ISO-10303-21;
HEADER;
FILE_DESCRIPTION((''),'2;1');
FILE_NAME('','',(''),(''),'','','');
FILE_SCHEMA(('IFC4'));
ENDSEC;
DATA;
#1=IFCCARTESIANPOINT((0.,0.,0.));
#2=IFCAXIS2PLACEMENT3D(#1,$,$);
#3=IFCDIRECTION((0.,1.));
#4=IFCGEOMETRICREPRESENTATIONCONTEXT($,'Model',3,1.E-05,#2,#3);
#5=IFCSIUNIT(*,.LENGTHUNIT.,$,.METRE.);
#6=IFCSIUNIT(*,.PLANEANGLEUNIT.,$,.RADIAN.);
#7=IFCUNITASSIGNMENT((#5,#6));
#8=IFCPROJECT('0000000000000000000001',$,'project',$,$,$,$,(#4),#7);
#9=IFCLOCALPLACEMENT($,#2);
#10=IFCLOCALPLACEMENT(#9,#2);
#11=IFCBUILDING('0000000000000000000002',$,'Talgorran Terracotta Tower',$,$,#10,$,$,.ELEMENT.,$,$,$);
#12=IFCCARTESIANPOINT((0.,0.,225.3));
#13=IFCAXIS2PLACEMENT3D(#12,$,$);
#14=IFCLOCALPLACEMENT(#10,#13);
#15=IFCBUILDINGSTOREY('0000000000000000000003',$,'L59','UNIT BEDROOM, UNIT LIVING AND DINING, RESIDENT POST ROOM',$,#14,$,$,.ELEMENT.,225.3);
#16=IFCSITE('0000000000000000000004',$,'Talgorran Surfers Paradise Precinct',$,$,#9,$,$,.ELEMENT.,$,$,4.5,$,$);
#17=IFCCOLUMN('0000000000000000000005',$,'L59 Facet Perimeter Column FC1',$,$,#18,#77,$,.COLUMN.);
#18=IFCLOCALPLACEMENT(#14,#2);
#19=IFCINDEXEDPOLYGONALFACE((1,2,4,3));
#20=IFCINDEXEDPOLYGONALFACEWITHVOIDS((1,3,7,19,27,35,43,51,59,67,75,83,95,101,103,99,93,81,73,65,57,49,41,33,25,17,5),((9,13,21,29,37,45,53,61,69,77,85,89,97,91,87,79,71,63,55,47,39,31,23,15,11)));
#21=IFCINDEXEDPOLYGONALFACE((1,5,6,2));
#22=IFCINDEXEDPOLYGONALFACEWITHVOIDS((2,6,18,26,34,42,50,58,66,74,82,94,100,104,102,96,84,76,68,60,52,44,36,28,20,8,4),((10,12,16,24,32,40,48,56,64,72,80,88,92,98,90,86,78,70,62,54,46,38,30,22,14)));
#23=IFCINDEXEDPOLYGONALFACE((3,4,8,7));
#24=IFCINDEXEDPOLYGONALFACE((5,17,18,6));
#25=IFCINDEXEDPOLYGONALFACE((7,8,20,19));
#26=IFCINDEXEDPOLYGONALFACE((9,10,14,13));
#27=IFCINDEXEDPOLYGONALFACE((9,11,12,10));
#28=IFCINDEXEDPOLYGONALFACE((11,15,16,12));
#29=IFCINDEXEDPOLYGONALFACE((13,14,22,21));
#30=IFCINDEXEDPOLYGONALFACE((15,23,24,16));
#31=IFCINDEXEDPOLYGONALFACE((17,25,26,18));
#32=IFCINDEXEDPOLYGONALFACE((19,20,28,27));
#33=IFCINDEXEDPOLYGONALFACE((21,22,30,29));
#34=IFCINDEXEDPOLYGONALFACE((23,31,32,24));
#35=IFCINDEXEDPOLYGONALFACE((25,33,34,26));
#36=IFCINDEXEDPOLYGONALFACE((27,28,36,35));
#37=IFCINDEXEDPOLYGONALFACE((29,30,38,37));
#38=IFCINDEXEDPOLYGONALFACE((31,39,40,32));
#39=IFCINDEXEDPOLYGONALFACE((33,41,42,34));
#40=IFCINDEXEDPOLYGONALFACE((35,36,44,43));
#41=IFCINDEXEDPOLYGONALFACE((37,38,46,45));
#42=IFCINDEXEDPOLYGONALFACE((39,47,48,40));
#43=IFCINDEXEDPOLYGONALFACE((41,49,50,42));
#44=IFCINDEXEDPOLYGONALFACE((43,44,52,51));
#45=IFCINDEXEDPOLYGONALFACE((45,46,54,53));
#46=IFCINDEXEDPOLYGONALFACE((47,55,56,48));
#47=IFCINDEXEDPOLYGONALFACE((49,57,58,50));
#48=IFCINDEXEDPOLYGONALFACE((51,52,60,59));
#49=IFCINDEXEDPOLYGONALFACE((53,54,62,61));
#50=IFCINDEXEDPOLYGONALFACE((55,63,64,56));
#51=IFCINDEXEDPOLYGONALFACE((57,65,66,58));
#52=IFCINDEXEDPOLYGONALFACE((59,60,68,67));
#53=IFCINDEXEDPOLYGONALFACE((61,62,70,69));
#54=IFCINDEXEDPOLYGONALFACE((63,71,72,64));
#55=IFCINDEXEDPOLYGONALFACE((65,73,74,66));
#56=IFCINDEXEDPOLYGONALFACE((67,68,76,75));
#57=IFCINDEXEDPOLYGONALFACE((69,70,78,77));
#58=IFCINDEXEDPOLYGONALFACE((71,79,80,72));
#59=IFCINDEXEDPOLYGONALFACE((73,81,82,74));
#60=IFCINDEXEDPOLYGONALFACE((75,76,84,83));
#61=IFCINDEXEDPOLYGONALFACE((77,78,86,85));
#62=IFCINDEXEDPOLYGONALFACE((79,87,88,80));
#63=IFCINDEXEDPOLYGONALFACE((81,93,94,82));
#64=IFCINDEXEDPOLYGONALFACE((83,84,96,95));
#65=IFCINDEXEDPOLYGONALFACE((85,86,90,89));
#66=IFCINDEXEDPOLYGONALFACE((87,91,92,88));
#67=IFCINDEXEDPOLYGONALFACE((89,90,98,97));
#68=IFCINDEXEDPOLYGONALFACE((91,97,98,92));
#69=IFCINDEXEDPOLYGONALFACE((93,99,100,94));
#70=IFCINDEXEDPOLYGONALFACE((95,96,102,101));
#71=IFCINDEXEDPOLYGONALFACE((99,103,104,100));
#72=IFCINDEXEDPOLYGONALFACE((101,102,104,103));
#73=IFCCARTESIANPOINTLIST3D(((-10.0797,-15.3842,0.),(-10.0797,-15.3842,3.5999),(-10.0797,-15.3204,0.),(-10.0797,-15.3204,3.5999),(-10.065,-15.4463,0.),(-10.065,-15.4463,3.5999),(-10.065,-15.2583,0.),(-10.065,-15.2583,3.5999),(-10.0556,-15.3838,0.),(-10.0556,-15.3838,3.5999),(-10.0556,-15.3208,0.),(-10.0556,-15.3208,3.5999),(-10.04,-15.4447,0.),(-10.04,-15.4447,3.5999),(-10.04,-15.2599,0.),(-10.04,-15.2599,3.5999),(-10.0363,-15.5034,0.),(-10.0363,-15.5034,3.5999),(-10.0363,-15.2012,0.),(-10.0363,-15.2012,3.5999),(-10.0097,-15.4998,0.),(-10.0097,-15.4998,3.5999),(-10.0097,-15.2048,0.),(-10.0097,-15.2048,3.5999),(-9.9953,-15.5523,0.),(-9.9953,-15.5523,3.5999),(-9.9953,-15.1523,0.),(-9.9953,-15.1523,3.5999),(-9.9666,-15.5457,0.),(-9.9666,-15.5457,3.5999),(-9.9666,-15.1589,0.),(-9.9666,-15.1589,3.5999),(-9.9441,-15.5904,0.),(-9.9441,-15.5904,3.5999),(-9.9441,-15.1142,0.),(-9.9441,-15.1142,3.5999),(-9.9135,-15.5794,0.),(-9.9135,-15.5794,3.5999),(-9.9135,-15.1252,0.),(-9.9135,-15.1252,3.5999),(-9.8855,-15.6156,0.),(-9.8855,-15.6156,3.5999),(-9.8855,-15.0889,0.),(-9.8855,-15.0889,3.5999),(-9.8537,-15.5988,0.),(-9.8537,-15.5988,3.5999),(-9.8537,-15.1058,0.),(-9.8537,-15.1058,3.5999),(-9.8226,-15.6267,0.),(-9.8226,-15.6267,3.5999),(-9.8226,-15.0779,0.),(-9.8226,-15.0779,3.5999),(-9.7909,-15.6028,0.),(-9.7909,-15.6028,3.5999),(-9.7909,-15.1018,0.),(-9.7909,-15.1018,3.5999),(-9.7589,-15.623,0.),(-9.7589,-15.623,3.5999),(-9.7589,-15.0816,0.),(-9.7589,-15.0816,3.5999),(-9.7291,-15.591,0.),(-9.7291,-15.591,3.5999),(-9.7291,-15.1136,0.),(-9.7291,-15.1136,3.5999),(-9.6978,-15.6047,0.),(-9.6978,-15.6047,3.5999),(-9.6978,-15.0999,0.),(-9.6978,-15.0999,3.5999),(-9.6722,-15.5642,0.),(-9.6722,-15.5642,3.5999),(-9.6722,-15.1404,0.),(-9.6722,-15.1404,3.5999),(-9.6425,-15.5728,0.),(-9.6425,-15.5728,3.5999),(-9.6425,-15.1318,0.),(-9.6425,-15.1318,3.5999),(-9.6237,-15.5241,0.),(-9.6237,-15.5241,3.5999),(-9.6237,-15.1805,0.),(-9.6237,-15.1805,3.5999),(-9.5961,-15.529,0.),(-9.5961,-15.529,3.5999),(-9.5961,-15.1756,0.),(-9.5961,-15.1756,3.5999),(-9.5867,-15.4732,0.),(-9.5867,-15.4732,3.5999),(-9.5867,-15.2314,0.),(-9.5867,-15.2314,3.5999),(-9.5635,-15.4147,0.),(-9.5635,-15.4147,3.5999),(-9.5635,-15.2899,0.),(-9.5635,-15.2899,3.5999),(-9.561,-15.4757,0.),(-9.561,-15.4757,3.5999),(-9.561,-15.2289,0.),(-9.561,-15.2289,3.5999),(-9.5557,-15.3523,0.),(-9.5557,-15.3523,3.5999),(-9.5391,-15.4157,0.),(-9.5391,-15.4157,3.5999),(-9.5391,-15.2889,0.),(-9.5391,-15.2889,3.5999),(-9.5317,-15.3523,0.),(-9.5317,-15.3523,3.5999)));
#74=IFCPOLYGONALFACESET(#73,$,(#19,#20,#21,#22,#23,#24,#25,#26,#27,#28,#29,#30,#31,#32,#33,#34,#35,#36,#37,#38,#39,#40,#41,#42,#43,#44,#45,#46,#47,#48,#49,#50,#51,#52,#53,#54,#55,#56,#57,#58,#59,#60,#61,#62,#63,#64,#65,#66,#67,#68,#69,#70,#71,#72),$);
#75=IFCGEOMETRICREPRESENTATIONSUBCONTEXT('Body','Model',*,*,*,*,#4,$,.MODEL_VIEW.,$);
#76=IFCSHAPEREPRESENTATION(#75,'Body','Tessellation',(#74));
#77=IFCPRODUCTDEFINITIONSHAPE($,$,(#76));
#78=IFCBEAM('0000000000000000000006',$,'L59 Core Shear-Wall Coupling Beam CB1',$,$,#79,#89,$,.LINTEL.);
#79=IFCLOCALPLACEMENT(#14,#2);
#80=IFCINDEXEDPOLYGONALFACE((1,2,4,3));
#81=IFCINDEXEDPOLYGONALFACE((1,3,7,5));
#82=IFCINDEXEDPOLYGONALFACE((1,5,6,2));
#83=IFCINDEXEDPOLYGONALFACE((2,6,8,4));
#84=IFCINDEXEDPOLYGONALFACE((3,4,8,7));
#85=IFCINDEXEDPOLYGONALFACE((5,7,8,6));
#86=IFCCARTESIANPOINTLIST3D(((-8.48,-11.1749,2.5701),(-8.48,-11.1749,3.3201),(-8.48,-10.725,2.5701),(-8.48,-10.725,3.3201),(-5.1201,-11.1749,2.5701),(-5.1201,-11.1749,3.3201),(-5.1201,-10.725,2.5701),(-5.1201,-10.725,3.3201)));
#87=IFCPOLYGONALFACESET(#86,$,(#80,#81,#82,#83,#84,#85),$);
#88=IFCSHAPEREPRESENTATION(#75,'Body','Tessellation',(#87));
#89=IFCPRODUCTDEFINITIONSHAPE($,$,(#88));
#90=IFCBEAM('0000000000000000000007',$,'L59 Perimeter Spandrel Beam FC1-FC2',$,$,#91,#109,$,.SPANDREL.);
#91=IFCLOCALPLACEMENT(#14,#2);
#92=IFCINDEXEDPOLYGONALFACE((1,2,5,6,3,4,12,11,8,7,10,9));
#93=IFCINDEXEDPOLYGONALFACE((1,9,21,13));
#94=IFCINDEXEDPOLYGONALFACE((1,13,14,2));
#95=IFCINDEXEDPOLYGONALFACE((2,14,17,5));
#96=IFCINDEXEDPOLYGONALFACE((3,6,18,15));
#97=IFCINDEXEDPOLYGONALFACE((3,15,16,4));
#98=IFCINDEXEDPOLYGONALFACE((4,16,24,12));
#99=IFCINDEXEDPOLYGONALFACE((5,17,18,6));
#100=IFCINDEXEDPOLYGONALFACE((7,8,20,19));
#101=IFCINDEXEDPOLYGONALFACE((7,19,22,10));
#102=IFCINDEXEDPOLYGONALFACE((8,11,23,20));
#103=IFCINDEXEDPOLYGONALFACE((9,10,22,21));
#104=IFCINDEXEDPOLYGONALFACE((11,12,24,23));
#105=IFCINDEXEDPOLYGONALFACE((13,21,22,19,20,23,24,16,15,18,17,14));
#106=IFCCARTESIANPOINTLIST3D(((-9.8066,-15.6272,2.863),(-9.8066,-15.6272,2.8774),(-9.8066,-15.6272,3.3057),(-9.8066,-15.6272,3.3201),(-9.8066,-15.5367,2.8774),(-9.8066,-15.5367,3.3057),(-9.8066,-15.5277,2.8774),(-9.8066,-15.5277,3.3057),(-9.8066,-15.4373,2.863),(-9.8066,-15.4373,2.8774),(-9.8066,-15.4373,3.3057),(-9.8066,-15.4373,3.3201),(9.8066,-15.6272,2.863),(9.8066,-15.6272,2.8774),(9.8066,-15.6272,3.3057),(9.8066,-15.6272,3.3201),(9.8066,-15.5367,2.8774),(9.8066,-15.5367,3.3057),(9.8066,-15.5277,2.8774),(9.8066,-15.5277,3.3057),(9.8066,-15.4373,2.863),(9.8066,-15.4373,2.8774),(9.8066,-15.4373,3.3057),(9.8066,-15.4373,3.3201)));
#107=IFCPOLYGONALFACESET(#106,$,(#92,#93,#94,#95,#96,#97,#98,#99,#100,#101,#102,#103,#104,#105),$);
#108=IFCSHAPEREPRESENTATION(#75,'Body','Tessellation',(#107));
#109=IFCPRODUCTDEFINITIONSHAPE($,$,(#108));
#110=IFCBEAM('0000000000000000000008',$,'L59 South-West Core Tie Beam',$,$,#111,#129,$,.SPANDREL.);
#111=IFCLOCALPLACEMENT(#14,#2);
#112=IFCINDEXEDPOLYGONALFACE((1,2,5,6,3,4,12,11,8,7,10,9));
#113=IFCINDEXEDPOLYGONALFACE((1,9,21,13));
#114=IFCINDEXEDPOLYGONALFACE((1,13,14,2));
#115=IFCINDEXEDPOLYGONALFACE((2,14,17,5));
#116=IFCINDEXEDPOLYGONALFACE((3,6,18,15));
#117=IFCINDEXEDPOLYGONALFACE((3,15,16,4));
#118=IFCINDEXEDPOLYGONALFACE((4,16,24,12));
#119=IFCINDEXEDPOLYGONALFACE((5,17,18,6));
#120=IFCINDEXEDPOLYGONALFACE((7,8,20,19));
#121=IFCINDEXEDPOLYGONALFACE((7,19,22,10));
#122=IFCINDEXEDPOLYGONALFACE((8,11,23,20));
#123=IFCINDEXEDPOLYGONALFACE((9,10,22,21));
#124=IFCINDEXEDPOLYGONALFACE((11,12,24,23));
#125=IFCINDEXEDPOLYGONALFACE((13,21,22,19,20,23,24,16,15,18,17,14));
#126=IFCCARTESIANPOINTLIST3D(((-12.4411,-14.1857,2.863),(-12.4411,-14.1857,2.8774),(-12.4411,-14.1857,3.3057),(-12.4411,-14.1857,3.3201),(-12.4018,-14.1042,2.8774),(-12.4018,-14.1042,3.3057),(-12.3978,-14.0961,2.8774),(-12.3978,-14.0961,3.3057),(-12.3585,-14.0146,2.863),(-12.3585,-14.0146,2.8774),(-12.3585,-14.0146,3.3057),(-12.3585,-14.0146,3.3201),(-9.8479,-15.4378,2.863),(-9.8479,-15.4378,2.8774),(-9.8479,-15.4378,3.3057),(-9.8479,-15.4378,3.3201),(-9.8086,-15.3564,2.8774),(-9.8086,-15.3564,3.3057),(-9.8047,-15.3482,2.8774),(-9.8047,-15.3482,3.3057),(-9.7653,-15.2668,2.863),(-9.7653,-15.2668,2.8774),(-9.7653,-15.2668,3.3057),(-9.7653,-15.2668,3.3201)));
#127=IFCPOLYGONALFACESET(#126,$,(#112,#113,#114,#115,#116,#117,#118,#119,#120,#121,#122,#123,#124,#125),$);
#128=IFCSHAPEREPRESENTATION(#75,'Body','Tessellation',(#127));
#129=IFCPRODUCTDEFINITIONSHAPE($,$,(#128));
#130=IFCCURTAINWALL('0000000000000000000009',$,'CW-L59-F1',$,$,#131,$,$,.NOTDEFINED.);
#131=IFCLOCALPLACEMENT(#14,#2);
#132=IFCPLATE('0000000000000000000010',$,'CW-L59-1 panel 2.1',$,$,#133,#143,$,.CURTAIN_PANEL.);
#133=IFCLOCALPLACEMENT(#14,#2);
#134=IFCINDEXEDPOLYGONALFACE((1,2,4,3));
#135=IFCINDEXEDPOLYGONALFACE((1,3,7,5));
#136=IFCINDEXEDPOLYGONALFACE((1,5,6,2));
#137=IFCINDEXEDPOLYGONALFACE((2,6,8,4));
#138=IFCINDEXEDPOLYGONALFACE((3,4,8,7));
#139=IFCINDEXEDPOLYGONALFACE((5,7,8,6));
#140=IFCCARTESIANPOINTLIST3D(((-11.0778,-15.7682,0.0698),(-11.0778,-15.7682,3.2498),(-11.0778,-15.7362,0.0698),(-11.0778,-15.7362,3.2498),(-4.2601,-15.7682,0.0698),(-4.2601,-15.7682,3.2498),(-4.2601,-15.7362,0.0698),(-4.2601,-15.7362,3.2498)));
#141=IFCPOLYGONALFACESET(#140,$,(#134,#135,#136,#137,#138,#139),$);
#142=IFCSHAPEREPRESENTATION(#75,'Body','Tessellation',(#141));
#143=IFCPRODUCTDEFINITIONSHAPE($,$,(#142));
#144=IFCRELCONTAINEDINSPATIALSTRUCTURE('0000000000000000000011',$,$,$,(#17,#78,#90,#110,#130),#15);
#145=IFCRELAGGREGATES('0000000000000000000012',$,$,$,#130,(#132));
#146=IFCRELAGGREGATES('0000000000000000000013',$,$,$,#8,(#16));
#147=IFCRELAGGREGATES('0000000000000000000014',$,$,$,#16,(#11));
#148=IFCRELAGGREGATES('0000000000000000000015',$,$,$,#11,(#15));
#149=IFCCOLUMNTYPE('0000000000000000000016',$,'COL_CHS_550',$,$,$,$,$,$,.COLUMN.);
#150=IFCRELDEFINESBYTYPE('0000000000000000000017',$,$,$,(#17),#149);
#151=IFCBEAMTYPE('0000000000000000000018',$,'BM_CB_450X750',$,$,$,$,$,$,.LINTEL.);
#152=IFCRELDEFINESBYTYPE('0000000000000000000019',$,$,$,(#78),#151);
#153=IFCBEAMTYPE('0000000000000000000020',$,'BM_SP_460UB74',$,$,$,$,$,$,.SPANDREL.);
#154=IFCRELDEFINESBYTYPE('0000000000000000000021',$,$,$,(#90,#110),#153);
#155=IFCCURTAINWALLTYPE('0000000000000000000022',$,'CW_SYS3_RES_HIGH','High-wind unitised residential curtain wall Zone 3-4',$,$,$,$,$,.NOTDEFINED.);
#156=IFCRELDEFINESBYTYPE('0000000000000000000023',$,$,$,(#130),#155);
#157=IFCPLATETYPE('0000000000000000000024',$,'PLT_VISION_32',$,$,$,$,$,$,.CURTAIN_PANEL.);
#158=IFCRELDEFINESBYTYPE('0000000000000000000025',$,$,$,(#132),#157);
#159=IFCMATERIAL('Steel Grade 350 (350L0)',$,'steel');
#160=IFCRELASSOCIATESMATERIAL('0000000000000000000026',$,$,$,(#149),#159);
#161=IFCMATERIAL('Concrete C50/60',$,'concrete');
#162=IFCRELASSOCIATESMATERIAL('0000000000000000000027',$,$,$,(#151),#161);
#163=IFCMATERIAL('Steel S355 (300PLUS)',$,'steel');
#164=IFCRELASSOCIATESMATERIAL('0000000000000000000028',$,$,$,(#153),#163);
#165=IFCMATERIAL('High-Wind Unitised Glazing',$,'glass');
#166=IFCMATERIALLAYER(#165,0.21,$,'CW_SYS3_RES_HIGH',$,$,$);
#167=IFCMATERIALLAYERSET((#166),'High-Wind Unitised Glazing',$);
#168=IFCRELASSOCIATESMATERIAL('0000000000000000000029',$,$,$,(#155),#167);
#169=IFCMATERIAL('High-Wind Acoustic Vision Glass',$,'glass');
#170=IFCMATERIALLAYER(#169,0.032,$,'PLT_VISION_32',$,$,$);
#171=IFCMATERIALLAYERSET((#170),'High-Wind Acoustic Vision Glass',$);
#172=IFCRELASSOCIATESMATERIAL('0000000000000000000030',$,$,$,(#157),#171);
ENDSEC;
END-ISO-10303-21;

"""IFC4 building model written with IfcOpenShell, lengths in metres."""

from ifc_helpers import new_model, si_unit, direction, frame, origin, origin_2d, place, context, subcontext, project, spatial, rectangle, hollow_circle, i_section, extrude, source, transform, mapped, material, layer, layer_set, material_profile, profile_set, type_object, type_shapes, element, aggregate, save


model = new_model("IFC4")

# Units and contexts
model_context = context("Model", 3, precision=1e-05, world=origin(), true_north=direction((0.0, 1.0)))
body_context = subcontext(model_context, "Body", "Model", "MODEL_VIEW")
ifc_project = project(units=[si_unit("LENGTHUNIT", "METRE"), si_unit("PLANEANGLEUNIT", "RADIAN")], contexts=[model_context])

# Site, building, storey
site_placement = place(None, origin())
site = spatial("IfcSite", under=ifc_project, at=site_placement, Name="Talgorran Surfers Paradise Precinct", CompositionType="ELEMENT", RefElevation=4.5)
building_placement = place(site_placement, origin())
building = spatial("IfcBuilding", under=site, at=building_placement, Name="Talgorran Terracotta Tower", CompositionType="ELEMENT")
storey_placement = place(building_placement, frame((0.0, 0.0, 225.3)))
storey = spatial("IfcBuildingStorey", under=building, at=storey_placement, Name="L59", Description="UNIT BEDROOM, UNIT LIVING AND DINING, RESIDENT POST ROOM", CompositionType="ELEMENT", Elevation=225.3)

# Column
ifc_material_1 = material(Name="Steel Grade 350 (350L0)", Category="steel")
ifc_material_profile_1 = material_profile(ifc_material_1, hollow_circle(Radius=0.2749, WallThickness=0.0239, at=origin_2d()), Name="CHS550X24")
ifc_profile_set_1 = profile_set([ifc_material_profile_1], Name="Steel Grade 350 (350L0)")
column_type = type_object("IfcColumnType", Name="COL_CHS_550", PredefinedType="COLUMN", material=ifc_profile_set_1)
column_placement = place(storey_placement, frame((-9.8066, -15.3523, 0.0), z_axis=(0.0, 0.0, 1.0), x_axis=(1.0, 0.0, 0.0)))
element("IfcColumn", 1, at=column_placement, inside=storey, type_object=column_type, Name="L59 Facet Perimeter Column FC1", PredefinedType="COLUMN", context=body_context, shape_type="SweptSolid", body=[
    extrude(hollow_circle(Radius=0.2749, WallThickness=0.0239, at=origin_2d()), origin(), (0.0, 0.0, 1.0), 3.5999),
])

# Beams
ifc_material_2 = material(Name="Concrete C50/60", Category="concrete")
ifc_material_profile_2 = material_profile(ifc_material_2, rectangle(XDim=0.45, YDim=0.75, at=origin_2d()), Name="RCCB450X750")
ifc_profile_set_2 = profile_set([ifc_material_profile_2], Name="Concrete C50/60")
beam_type_1 = type_object("IfcBeamType", Name="BM_CB_450X750", PredefinedType="LINTEL", material=ifc_profile_set_2)
beam_1_placement = place(storey_placement, frame((-8.48, -10.95, 2.9451), z_axis=(1.0, 0.0, 0.0), x_axis=(0.0, 1.0, 0.0)))
element("IfcBeam", 2, at=beam_1_placement, inside=storey, type_object=beam_type_1, Name="L59 Core Shear-Wall Coupling Beam CB1", PredefinedType="LINTEL", context=body_context, shape_type="SweptSolid", body=[
    extrude(rectangle(XDim=0.45, YDim=0.75, at=origin_2d()), origin(), (0.0, 0.0, 1.0), 3.3599),
])
ifc_material_3 = material(Name="Steel S355 (300PLUS)", Category="steel")
ifc_material_profile_3 = material_profile(ifc_material_3, i_section(OverallWidth=0.1899, OverallDepth=0.457, WebThickness=0.009, FlangeThickness=0.0144, at=origin_2d()), Name="460UB74.6")
ifc_profile_set_3 = profile_set([ifc_material_profile_3], Name="Steel S355 (300PLUS)")
beam_type_2 = type_object("IfcBeamType", Name="BM_SP_460UB74", PredefinedType="SPANDREL", material=ifc_profile_set_3)
beam_2_placement = place(storey_placement, frame((-9.8066, -15.5322, 3.0916), z_axis=(1.0, 0.0, 0.0), x_axis=(0.0, 1.0, 0.0)))
element("IfcBeam", 3, at=beam_2_placement, inside=storey, type_object=beam_type_2, Name="L59 Perimeter Spandrel Beam FC1-FC2", PredefinedType="SPANDREL", context=body_context, shape_type="SweptSolid", body=[
    extrude(i_section(OverallWidth=0.1899, OverallDepth=0.457, WebThickness=0.009, FlangeThickness=0.0144, at=origin_2d()), origin(), (0.0, 0.0, 1.0), 19.6133),
])
beam_3_placement = place(storey_placement, frame((-9.8066, -15.3523, 3.0916), z_axis=(-0.900514, 0.434827, 0.0), x_axis=(-0.434827, -0.900514, 0.0)))
element("IfcBeam", 4, at=beam_3_placement, inside=storey, type_object=beam_type_2, Name="L59 South-West Core Tie Beam", PredefinedType="SPANDREL", context=body_context, shape_type="SweptSolid", body=[
    extrude(i_section(OverallWidth=0.1899, OverallDepth=0.457, WebThickness=0.009, FlangeThickness=0.0144, at=origin_2d()), origin(), (0.0, 0.0, 1.0), 2.8796),
])

# Curtain wall, plate
ifc_material_4 = material(Name="High-Wind Unitised Glazing", Category="glass")
ifc_layer_1 = layer(ifc_material_4, 0.21, Name="CW_SYS3_RES_HIGH")
ifc_layer_set_1 = layer_set([ifc_layer_1], Name="High-Wind Unitised Glazing")
curtain_wall_type = type_object("IfcCurtainWallType", Name="CW_SYS3_RES_HIGH", Description="High-wind unitised residential curtain wall Zone 3-4", PredefinedType="NOTDEFINED", material=ifc_layer_set_1)
curtain_wall_placement = place(storey_placement, origin())
curtain_wall = element("IfcCurtainWall", 5, at=curtain_wall_placement, inside=storey, type_object=curtain_wall_type, Name="CW-L59-F1", PredefinedType="NOTDEFINED")
ifc_material_5 = material(Name="High-Wind Acoustic Vision Glass", Category="glass")
ifc_layer_2 = layer(ifc_material_5, 0.032, Name="PLT_VISION_32")
ifc_layer_set_2 = layer_set([ifc_layer_2], Name="High-Wind Acoustic Vision Glass")
plate_type = type_object("IfcPlateType", Name="PLT_VISION_32", PredefinedType="CURTAIN_PANEL", material=ifc_layer_set_2)
shared_shape = source(origin(), body_context, "Body", "SweptSolid", [
    extrude(rectangle(XDim=6.8176, YDim=0.032, at=origin_2d()), origin(), (0.0, 0.0, 1.0), 3.1799),
])
type_shapes(plate_type, [shared_shape])
plate_placement = place(storey_placement, frame((-7.6689, -15.7522, 0.0698), z_axis=(0.0, 0.0, 1.0), x_axis=(1.0, 0.0, 0.0)))
plate = element("IfcPlate", 6, at=plate_placement, type_object=plate_type, Name="CW-L59-1 panel 2.1", PredefinedType="CURTAIN_PANEL", context=body_context, shape_type="MappedRepresentation", body=[
    mapped(shared_shape, transform((0.0, 0.0, 0.0), scale=1.0)),
])
aggregate(curtain_wall, [plate])

save(model, "model.ifc")
